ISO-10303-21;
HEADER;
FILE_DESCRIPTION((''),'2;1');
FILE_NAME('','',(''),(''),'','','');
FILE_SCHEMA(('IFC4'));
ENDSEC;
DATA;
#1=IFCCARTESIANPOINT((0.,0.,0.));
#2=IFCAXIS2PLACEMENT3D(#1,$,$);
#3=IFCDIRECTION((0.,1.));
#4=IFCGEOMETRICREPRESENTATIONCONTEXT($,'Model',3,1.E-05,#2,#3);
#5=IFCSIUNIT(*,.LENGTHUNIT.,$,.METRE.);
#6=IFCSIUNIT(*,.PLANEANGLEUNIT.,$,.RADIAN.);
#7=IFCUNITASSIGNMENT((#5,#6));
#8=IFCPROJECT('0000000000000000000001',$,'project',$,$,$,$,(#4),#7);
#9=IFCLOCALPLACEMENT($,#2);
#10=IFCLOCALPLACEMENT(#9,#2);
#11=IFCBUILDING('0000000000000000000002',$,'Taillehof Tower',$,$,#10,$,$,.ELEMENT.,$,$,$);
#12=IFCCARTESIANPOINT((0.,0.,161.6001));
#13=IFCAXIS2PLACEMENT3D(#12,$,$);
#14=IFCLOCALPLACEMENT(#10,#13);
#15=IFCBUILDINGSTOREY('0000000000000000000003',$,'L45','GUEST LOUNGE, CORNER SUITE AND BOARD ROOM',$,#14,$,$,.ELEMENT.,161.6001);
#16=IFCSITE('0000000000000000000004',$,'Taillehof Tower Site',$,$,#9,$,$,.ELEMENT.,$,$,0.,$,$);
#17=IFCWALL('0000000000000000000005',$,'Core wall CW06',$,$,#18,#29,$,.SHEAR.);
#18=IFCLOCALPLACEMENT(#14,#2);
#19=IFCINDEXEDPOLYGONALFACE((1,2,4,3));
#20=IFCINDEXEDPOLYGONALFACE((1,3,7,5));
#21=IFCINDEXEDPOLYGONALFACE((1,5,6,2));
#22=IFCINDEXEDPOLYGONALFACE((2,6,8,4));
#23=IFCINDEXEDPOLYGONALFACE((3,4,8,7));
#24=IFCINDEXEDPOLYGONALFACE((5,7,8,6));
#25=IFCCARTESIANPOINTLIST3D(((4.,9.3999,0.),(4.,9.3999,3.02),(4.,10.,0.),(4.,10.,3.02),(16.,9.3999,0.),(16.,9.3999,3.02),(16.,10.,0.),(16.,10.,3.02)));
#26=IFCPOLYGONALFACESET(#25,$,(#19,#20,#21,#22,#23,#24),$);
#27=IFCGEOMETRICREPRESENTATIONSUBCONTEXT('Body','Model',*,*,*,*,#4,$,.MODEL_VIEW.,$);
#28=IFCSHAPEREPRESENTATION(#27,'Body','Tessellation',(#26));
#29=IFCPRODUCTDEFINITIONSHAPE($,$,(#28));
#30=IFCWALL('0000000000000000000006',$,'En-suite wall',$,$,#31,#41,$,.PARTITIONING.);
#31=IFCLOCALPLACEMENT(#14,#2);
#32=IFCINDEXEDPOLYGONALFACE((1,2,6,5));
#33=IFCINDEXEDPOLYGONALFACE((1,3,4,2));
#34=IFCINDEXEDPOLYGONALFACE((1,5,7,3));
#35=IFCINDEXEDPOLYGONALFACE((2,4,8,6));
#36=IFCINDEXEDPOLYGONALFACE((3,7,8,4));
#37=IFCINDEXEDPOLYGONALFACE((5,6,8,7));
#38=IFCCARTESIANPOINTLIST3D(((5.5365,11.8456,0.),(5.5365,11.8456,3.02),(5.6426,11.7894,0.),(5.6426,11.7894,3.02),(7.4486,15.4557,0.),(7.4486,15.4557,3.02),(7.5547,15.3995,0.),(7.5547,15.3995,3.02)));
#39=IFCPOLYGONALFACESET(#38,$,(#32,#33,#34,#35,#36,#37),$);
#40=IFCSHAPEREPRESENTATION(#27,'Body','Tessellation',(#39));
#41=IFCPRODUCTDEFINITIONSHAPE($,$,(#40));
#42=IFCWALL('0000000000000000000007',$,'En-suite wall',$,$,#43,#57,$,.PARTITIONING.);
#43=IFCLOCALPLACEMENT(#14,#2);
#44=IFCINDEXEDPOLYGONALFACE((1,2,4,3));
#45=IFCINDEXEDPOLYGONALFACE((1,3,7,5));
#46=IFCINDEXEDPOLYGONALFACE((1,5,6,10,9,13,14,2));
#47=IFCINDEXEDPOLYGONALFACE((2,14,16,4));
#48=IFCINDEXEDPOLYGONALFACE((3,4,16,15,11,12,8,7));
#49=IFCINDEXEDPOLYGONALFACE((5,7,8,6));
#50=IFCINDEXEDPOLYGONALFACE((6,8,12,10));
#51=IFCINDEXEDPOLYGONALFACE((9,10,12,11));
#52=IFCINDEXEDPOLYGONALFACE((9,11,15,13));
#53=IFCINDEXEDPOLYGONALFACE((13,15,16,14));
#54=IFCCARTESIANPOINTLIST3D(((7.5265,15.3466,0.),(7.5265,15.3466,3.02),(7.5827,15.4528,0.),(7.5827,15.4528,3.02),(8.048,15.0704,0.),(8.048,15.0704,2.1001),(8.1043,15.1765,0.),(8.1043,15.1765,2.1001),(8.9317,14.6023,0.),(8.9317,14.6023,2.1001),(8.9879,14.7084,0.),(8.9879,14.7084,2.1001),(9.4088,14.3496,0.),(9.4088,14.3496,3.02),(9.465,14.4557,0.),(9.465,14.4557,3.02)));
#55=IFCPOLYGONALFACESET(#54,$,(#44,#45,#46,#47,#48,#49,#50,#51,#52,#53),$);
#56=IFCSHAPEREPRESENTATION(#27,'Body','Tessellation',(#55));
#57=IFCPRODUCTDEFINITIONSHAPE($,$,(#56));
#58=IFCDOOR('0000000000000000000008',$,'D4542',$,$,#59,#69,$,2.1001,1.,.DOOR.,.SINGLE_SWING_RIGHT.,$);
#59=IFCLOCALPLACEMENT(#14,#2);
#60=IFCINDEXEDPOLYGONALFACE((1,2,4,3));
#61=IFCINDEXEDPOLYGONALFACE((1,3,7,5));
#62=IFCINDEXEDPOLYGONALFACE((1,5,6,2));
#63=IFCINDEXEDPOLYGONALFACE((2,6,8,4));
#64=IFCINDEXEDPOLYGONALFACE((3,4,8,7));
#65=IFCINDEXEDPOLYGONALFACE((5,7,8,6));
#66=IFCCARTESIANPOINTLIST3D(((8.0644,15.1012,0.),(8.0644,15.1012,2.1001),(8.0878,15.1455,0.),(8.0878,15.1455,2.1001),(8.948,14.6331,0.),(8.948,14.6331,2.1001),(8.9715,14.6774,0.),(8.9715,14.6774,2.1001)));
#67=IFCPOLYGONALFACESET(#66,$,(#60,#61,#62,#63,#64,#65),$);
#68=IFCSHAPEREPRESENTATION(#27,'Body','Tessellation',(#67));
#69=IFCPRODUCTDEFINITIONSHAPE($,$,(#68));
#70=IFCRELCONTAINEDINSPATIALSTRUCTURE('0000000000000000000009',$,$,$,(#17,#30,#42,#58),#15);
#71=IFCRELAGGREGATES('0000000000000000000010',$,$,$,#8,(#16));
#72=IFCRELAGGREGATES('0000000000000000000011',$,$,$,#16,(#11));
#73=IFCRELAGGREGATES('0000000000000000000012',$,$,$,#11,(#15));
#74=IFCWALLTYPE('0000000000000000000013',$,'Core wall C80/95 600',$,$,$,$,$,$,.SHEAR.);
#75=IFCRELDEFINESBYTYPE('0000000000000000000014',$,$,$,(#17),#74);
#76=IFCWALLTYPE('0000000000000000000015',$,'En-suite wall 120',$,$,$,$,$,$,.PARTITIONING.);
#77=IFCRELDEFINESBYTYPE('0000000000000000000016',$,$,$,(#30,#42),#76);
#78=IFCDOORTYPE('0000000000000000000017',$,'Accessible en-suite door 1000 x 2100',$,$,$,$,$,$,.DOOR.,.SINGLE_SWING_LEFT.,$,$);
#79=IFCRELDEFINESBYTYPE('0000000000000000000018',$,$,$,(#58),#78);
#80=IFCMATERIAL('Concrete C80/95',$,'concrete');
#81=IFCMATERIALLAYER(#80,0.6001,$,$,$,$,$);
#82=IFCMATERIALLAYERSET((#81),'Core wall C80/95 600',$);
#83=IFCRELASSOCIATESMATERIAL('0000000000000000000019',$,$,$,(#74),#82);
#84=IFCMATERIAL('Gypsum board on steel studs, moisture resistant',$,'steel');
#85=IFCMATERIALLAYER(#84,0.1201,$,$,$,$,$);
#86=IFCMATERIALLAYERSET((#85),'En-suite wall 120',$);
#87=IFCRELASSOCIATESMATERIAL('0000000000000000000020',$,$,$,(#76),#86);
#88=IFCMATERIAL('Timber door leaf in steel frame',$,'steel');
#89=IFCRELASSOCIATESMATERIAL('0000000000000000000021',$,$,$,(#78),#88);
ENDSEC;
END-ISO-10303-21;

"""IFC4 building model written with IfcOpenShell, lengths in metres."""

from ifc_helpers import new_model, si_unit, direction, frame, frame_2d, origin, place, context, subcontext, project, spatial, rectangle, extrude, material, layer, layer_set, type_object, element, fill, save


model = new_model("IFC4")

# Units and contexts
model_context = context("Model", 3, precision=1e-05, world=origin(), true_north=direction((0.0, 1.0)))
body_context = subcontext(model_context, "Body", "Model", "MODEL_VIEW")
ifc_project = project(units=[si_unit("LENGTHUNIT", "METRE"), si_unit("PLANEANGLEUNIT", "RADIAN")], contexts=[model_context])

# Site, building, storey
site_placement = place(None, origin())
site = spatial("IfcSite", under=ifc_project, at=site_placement, Name="Taillehof Tower Site", CompositionType="ELEMENT", RefElevation=0.0)
building_placement = place(site_placement, origin())
building = spatial("IfcBuilding", under=site, at=building_placement, Name="Taillehof Tower", CompositionType="ELEMENT")
storey_placement = place(building_placement, frame((0.0, 0.0, 161.6001)))
storey = spatial("IfcBuildingStorey", under=building, at=storey_placement, Name="L45", Description="GUEST LOUNGE, CORNER SUITE AND BOARD ROOM", CompositionType="ELEMENT", Elevation=161.6001)

# Walls
ifc_material_1 = material(Name="Concrete C80/95", Category="concrete")
ifc_layer_1 = layer(ifc_material_1, 0.6001)
ifc_layer_set_1 = layer_set([ifc_layer_1], Name="Core wall C80/95 600")
wall_type_1 = type_object("IfcWallType", Name="Core wall C80/95 600", PredefinedType="SHEAR", material=ifc_layer_set_1)
wall_1_placement = place(storey_placement, frame((4.0, 9.7, 0.0), z_axis=(0.0, 0.0, 1.0), x_axis=(1.0, 0.0, 0.0)))
element("IfcWall", 1, at=wall_1_placement, inside=storey, type_object=wall_type_1, Name="Core wall CW06", PredefinedType="SHEAR", context=body_context, shape_type="SweptSolid", body=[
    extrude(rectangle(XDim=12.0, YDim=0.6001, at=frame_2d((6.0, 0.0))), origin(), (0.0, 0.0, 1.0), 3.02),
])
ifc_material_2 = material(Name="Gypsum board on steel studs, moisture resistant", Category="steel")
ifc_layer_2 = layer(ifc_material_2, 0.1201)
ifc_layer_set_2 = layer_set([ifc_layer_2], Name="En-suite wall 120")
wall_type_2 = type_object("IfcWallType", Name="En-suite wall 120", PredefinedType="PARTITIONING", material=ifc_layer_set_2)
wall_2_placement = place(storey_placement, frame((5.5896, 11.8176, 0.0), z_axis=(0.0, 0.0, 1.0), x_axis=(0.468055, 0.883699, 0.0)))
element("IfcWall", 2, at=wall_2_placement, inside=storey, type_object=wall_type_2, Name="En-suite wall", PredefinedType="PARTITIONING", context=body_context, shape_type="SweptSolid", body=[
    extrude(rectangle(XDim=4.0852, YDim=0.1201, at=frame_2d((2.0425, 0.0))), origin(), (0.0, 0.0, 1.0), 3.02),
])

# Wall, opening, door
wall_3_placement = place(storey_placement, frame((7.5547, 15.3997, 0.0), z_axis=(0.0, 0.0, 1.0), x_axis=(0.883682, -0.468088, 0.0)))
wall_3 = element("IfcWall", 3, at=wall_3_placement, inside=storey, type_object=wall_type_2, Name="En-suite wall", PredefinedType="PARTITIONING", context=body_context, shape_type="SweptSolid", body=[
    extrude(rectangle(XDim=2.1301, YDim=0.1201, at=frame_2d((1.0649, 0.0))), origin(), (0.0, 0.0, 1.0), 3.02),
])
opening_1_placement = place(wall_3_placement, frame((0.5901, 0.0, 0.0)))
opening_1 = element("IfcOpeningElement", 4, at=opening_1_placement, cuts=wall_3, PredefinedType="OPENING", context=body_context, shape_type="SweptSolid", body=[
    extrude(rectangle(XDim=1.0, YDim=2.1001, at=frame_2d((0.5, 1.05))), frame((0.0, 0.0701, 0.0), z_axis=(0.0, -1.0, 0.0), x_axis=(1.0, 0.0, 0.0)), (0.0, 0.0, 1.0), 0.1401),
])
ifc_material_3 = material(Name="Timber door leaf in steel frame", Category="steel")
door_type_1 = type_object("IfcDoorType", Name="Accessible en-suite door 1000 x 2100", OperationType="SINGLE_SWING_LEFT", PredefinedType="DOOR", material=ifc_material_3)
door_1_placement = place(opening_1_placement, origin())
door_1 = element("IfcDoor", 5, at=door_1_placement, inside=storey, type_object=door_type_1, Name="D4542", OperationType="SINGLE_SWING_RIGHT", OverallHeight=2.1001, OverallWidth=1.0, PredefinedType="DOOR", context=body_context, shape_type="SweptSolid", body=[
    extrude(rectangle(XDim=1.0, YDim=2.1001, at=frame_2d((0.5, 1.05))), frame((0.0, 0.0249, 0.0), z_axis=(0.0, -1.0, 0.0), x_axis=(1.0, 0.0, 0.0)), (0.0, 0.0, 1.0), 0.05),
])
fill(opening_1, door_1)

save(model, "model.ifc")
